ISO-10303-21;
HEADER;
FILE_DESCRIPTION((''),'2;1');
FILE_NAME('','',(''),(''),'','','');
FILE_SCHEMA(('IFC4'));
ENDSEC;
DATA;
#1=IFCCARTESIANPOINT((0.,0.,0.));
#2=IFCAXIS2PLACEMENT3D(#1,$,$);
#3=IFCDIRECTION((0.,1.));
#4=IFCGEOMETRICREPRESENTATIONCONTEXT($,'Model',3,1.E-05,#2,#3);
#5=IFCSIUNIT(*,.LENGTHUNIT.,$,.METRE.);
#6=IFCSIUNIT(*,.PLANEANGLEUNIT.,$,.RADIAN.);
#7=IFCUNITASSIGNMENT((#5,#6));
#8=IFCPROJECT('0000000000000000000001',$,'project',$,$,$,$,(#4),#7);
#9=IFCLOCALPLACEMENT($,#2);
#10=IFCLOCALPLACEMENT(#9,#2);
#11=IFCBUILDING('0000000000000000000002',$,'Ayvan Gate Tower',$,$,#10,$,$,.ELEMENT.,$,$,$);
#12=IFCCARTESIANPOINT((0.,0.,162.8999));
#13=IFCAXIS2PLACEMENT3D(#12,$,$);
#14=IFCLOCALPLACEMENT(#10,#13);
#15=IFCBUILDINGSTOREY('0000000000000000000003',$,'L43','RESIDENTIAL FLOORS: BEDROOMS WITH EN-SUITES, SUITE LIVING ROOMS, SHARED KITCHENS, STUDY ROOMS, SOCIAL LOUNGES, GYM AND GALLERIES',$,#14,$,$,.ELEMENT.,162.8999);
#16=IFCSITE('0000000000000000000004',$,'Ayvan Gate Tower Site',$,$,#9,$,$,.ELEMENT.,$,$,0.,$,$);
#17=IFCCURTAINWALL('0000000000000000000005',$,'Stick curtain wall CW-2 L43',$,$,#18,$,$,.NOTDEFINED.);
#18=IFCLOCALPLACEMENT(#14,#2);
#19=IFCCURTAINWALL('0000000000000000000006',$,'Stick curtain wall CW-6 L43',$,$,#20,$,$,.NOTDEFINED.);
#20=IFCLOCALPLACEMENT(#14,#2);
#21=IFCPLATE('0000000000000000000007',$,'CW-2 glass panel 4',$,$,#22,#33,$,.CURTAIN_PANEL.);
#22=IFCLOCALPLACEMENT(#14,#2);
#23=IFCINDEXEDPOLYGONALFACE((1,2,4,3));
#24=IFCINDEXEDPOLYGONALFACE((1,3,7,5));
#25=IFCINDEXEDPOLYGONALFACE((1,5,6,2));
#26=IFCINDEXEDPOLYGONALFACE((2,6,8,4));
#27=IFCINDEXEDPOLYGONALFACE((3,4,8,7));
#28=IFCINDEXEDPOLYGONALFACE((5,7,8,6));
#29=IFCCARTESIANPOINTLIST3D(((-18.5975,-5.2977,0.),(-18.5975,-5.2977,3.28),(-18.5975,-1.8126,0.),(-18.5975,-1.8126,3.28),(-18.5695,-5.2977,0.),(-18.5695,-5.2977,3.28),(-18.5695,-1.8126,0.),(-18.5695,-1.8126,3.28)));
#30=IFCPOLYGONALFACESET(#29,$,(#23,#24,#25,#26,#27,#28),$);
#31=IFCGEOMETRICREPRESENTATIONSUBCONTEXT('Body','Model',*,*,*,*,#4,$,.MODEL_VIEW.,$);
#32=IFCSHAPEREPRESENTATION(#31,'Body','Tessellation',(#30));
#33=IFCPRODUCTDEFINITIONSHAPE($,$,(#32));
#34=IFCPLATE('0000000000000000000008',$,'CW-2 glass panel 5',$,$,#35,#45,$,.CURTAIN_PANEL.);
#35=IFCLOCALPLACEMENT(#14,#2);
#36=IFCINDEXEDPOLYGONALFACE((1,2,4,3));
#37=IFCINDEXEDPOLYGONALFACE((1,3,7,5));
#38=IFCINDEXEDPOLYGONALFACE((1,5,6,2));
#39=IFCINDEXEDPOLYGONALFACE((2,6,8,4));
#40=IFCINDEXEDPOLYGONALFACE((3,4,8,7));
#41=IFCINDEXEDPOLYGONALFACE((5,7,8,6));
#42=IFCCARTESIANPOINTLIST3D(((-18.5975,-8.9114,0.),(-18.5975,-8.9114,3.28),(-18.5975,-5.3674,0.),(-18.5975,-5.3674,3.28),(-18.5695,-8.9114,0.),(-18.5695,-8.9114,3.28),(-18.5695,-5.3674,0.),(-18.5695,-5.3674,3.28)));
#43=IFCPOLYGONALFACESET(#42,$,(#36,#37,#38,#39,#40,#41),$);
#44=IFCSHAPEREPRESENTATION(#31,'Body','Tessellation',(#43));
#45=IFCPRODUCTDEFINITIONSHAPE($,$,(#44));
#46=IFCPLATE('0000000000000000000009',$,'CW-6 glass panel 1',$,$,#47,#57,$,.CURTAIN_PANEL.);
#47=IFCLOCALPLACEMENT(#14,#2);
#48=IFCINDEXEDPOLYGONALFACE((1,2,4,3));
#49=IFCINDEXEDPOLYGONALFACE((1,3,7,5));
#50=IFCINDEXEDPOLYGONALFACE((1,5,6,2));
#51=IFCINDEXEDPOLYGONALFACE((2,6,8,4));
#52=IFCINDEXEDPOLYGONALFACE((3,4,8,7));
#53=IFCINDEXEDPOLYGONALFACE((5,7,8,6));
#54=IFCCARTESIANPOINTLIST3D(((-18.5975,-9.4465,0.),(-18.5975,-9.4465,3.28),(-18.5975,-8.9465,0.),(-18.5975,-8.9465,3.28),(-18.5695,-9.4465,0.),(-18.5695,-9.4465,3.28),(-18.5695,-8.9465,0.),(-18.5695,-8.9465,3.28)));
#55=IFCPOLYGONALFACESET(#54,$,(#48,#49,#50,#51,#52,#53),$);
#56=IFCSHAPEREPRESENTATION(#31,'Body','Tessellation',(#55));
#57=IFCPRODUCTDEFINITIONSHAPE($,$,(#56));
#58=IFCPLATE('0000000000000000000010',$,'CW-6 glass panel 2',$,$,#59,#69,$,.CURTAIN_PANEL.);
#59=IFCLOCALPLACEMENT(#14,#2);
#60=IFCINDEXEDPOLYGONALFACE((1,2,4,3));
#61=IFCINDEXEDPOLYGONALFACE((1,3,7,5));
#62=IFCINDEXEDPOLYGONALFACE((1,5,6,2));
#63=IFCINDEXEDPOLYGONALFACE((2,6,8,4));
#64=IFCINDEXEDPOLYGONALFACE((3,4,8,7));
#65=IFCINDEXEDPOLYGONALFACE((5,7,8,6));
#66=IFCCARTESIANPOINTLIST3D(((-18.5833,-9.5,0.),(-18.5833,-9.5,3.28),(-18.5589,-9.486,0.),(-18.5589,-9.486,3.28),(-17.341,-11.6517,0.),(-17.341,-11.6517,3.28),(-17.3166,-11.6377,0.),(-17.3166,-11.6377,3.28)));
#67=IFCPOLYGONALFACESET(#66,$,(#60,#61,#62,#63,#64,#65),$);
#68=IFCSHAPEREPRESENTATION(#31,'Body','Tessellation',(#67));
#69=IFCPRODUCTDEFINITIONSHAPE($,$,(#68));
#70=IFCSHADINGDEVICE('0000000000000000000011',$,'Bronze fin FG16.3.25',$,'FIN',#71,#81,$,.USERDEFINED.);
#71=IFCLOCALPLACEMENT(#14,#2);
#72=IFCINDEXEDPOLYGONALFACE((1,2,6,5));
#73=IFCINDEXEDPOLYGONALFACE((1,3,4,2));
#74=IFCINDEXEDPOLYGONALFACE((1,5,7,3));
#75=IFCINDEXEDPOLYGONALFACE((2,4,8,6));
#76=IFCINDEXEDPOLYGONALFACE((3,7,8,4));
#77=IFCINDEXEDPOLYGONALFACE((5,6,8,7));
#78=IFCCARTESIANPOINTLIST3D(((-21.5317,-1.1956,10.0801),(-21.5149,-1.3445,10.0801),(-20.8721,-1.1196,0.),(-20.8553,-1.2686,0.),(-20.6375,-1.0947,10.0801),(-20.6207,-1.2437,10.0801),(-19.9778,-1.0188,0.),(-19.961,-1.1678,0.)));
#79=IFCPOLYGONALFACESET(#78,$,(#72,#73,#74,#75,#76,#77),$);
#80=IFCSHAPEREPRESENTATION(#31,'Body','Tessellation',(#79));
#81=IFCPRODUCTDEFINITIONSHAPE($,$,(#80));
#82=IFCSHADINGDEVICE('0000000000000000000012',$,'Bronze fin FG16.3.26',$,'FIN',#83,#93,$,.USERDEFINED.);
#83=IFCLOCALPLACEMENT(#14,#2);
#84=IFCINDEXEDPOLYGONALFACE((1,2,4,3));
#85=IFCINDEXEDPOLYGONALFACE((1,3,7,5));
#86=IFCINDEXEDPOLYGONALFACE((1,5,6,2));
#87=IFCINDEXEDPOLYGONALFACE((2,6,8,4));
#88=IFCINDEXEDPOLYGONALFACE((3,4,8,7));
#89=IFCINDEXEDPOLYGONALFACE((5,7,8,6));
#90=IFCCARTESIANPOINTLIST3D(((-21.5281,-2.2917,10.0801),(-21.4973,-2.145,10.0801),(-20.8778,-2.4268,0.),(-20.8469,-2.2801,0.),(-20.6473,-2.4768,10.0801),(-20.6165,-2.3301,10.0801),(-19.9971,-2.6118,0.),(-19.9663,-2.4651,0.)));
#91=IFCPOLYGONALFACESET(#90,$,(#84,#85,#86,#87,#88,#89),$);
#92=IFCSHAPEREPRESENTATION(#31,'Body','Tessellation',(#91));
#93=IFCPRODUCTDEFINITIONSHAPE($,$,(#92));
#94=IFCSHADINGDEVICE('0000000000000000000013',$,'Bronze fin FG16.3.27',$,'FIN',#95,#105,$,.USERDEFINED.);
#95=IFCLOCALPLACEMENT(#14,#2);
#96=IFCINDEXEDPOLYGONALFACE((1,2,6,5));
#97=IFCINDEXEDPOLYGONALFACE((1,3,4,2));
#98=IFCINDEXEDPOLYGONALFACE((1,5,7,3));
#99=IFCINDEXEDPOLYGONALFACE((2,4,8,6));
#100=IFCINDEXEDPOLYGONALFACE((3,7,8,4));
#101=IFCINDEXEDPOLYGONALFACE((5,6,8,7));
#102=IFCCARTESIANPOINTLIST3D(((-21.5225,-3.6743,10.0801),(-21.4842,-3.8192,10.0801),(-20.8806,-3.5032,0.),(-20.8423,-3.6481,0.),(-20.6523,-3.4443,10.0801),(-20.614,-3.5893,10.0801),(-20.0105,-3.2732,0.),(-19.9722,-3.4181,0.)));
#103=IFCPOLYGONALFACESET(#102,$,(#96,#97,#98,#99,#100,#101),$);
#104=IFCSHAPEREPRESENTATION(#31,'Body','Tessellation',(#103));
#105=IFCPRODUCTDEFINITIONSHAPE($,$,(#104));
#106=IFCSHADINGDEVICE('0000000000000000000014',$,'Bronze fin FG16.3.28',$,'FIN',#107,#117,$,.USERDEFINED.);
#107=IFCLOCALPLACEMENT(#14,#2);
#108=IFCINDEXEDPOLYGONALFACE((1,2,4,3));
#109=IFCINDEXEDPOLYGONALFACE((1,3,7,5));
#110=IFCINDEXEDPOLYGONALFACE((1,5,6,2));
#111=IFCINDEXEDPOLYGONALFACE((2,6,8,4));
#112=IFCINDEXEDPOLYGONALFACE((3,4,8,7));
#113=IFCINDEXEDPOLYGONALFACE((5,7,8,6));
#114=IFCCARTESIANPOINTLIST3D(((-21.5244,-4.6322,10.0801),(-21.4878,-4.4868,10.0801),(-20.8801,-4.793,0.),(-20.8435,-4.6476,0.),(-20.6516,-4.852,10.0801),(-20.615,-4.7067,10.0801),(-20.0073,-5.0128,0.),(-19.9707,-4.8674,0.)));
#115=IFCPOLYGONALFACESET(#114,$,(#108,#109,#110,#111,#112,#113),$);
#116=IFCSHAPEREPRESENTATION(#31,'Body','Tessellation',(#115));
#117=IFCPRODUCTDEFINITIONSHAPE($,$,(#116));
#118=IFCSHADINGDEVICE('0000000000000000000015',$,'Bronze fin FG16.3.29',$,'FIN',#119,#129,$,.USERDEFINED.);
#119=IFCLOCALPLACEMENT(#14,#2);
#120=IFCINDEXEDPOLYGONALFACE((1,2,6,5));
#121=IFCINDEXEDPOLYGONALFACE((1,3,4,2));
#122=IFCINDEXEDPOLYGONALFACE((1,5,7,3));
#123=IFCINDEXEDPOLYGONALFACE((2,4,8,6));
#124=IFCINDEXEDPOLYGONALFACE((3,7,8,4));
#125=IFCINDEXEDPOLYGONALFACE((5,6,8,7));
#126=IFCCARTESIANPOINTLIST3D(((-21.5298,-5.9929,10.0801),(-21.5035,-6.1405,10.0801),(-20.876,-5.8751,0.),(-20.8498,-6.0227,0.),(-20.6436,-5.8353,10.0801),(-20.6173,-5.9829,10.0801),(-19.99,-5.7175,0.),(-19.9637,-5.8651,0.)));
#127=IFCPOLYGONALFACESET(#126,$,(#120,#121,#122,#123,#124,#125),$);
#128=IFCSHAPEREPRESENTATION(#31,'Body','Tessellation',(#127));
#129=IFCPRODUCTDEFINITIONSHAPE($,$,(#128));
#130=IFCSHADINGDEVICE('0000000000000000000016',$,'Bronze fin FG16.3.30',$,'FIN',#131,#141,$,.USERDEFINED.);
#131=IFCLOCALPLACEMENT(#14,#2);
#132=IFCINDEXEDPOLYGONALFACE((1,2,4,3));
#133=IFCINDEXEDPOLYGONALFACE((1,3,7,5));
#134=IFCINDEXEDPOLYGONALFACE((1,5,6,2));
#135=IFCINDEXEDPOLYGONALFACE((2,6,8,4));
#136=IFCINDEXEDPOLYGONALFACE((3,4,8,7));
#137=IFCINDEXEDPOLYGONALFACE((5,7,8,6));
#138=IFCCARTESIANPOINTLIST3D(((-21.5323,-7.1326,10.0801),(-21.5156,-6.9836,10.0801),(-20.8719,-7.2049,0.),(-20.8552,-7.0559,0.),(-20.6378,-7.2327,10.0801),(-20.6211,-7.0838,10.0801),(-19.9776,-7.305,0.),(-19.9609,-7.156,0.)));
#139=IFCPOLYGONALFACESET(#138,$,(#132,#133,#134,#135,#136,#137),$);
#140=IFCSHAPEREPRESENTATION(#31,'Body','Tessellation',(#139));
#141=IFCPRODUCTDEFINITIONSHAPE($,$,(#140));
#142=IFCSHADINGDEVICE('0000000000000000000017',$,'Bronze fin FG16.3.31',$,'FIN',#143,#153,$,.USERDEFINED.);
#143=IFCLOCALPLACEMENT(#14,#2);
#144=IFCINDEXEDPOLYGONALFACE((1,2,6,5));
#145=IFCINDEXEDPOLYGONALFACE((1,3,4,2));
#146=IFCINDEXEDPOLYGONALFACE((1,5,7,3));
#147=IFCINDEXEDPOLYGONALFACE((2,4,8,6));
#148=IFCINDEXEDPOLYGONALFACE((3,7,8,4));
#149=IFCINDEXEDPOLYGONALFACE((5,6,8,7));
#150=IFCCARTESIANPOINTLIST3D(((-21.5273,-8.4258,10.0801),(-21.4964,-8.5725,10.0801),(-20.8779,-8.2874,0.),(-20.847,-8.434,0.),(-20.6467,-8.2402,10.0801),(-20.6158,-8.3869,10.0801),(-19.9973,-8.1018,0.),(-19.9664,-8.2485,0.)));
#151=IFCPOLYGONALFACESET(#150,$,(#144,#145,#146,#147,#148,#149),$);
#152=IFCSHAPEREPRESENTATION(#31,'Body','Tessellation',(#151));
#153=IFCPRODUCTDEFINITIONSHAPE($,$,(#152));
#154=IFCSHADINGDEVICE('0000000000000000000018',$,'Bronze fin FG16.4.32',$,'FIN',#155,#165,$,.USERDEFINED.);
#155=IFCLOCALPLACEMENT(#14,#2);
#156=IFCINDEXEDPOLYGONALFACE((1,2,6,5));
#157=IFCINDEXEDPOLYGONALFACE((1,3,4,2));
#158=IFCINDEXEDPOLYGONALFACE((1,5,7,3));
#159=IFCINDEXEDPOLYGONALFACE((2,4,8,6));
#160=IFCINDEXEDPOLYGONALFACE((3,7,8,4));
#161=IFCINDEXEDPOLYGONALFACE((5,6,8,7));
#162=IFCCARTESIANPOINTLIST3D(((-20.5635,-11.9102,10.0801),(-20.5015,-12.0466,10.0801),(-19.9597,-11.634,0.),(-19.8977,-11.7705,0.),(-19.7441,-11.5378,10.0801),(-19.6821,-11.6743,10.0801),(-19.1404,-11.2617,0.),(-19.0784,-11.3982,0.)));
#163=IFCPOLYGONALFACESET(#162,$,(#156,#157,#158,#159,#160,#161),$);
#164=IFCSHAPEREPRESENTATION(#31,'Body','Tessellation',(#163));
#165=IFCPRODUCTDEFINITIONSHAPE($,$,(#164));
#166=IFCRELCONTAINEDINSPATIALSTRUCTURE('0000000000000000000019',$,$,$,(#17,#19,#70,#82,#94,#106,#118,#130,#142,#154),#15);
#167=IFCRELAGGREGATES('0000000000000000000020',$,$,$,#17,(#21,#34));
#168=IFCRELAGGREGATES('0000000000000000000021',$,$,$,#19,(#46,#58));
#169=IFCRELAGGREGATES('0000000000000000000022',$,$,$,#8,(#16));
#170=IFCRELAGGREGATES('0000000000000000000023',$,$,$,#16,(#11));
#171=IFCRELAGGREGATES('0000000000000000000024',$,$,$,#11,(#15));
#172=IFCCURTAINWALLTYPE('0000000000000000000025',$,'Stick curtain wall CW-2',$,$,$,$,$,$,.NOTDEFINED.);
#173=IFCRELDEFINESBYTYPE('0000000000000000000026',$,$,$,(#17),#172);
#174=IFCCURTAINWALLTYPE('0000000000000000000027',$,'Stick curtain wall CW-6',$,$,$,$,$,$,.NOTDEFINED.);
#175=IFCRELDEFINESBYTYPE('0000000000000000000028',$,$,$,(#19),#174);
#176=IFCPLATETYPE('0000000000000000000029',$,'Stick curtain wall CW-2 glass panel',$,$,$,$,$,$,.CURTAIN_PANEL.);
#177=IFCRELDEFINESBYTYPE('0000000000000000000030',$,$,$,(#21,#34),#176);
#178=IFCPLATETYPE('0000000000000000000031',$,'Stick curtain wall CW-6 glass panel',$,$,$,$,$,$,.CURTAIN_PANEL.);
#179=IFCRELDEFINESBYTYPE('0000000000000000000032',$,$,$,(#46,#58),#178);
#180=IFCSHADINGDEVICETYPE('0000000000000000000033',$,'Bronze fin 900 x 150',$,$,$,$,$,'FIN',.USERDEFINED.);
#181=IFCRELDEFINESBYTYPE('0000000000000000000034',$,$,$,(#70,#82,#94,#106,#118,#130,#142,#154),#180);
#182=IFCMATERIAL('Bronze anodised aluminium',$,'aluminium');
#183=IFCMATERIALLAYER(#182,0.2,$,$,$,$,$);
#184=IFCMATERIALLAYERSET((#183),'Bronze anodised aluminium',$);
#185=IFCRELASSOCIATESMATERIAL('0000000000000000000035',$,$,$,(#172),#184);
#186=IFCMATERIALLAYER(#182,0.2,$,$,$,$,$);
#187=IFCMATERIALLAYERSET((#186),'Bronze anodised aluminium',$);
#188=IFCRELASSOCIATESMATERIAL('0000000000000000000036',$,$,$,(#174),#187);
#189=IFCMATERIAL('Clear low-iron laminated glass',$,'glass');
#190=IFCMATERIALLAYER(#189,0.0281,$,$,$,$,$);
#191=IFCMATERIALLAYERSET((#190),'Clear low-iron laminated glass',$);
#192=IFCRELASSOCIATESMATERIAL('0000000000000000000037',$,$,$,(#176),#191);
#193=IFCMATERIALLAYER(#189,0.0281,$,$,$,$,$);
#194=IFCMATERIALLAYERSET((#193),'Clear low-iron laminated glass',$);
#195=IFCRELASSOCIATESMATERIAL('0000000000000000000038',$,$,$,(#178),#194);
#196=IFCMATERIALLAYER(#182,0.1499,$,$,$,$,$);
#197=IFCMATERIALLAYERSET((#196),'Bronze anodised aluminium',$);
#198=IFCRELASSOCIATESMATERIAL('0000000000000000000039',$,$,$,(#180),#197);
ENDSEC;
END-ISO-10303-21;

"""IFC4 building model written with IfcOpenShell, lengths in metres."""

from ifc_helpers import new_model, si_unit, direction, frame, origin, origin_2d, place, context, subcontext, project, spatial, polyline, rectangle, outline, extrude, material, layer, layer_set, type_object, element, aggregate, save


model = new_model("IFC4")

# Units and contexts
model_context = context("Model", 3, precision=1e-05, world=origin(), true_north=direction((0.0, 1.0)))
body_context = subcontext(model_context, "Body", "Model", "MODEL_VIEW")
ifc_project = project(units=[si_unit("LENGTHUNIT", "METRE"), si_unit("PLANEANGLEUNIT", "RADIAN")], contexts=[model_context])

# Site, building, storey
site_placement = place(None, origin())
site = spatial("IfcSite", under=ifc_project, at=site_placement, Name="Ayvan Gate Tower Site", CompositionType="ELEMENT", RefElevation=0.0)
building_placement = place(site_placement, origin())
building = spatial("IfcBuilding", under=site, at=building_placement, Name="Ayvan Gate Tower", CompositionType="ELEMENT")
storey_placement = place(building_placement, frame((0.0, 0.0, 162.8999)))
storey = spatial("IfcBuildingStorey", under=building, at=storey_placement, Name="L43", Description="RESIDENTIAL FLOORS: BEDROOMS WITH EN-SUITES, SUITE LIVING ROOMS, SHARED KITCHENS, STUDY ROOMS, SOCIAL LOUNGES, GYM AND GALLERIES", CompositionType="ELEMENT", Elevation=162.8999)

# Curtain walls
ifc_material_1 = material(Name="Bronze anodised aluminium", Category="aluminium")
ifc_layer_1 = layer(ifc_material_1, 0.2)
ifc_layer_set_1 = layer_set([ifc_layer_1], Name="Bronze anodised aluminium")
curtain_wall_type_1 = type_object("IfcCurtainWallType", Name="Stick curtain wall CW-2", PredefinedType="NOTDEFINED", material=ifc_layer_set_1)
curtain_wall_1_placement = place(storey_placement, origin())
curtain_wall_1 = element("IfcCurtainWall", 1, at=curtain_wall_1_placement, inside=storey, type_object=curtain_wall_type_1, Name="Stick curtain wall CW-2 L43", PredefinedType="NOTDEFINED")
ifc_layer_2 = layer(ifc_material_1, 0.2)
ifc_layer_set_2 = layer_set([ifc_layer_2], Name="Bronze anodised aluminium")
curtain_wall_type_2 = type_object("IfcCurtainWallType", Name="Stick curtain wall CW-6", PredefinedType="NOTDEFINED", material=ifc_layer_set_2)
curtain_wall_2_placement = place(storey_placement, origin())
curtain_wall_2 = element("IfcCurtainWall", 2, at=curtain_wall_2_placement, inside=storey, type_object=curtain_wall_type_2, Name="Stick curtain wall CW-6 L43", PredefinedType="NOTDEFINED")

# Plates
ifc_material_2 = material(Name="Clear low-iron laminated glass", Category="glass")
ifc_layer_3 = layer(ifc_material_2, 0.0281)
ifc_layer_set_3 = layer_set([ifc_layer_3], Name="Clear low-iron laminated glass")
plate_type_1 = type_object("IfcPlateType", Name="Stick curtain wall CW-2 glass panel", PredefinedType="CURTAIN_PANEL", material=ifc_layer_set_3)
plate_1_placement = place(storey_placement, frame((-18.5835, -3.5552, 0.0), z_axis=(0.0, 0.0, 1.0), x_axis=(0.0, -1.0, 0.0)))
plate_1 = element("IfcPlate", 3, at=plate_1_placement, type_object=plate_type_1, Name="CW-2 glass panel 4", PredefinedType="CURTAIN_PANEL", context=body_context, shape_type="SweptSolid", body=[
    extrude(rectangle(XDim=3.4851, YDim=0.0281, at=origin_2d()), origin(), (0.0, 0.0, 1.0), 3.28),
])
plate_2_placement = place(storey_placement, frame((-18.5835, -7.1394, 0.0), z_axis=(0.0, 0.0, 1.0), x_axis=(0.0, -1.0, 0.0)))
plate_2 = element("IfcPlate", 4, at=plate_2_placement, type_object=plate_type_1, Name="CW-2 glass panel 5", PredefinedType="CURTAIN_PANEL", context=body_context, shape_type="SweptSolid", body=[
    extrude(rectangle(XDim=3.5439, YDim=0.0281, at=origin_2d()), origin(), (0.0, 0.0, 1.0), 3.28),
])
aggregate(curtain_wall_1, [plate_1, plate_2])
ifc_layer_4 = layer(ifc_material_2, 0.0281)
ifc_layer_set_4 = layer_set([ifc_layer_4], Name="Clear low-iron laminated glass")
plate_type_2 = type_object("IfcPlateType", Name="Stick curtain wall CW-6 glass panel", PredefinedType="CURTAIN_PANEL", material=ifc_layer_set_4)
plate_3_placement = place(storey_placement, frame((-18.5835, -9.1965, 0.0), z_axis=(0.0, 0.0, 1.0), x_axis=(0.0, -1.0, 0.0)))
plate_3 = element("IfcPlate", 5, at=plate_3_placement, type_object=plate_type_2, Name="CW-6 glass panel 1", PredefinedType="CURTAIN_PANEL", context=body_context, shape_type="SweptSolid", body=[
    extrude(rectangle(XDim=0.5, YDim=0.0281, at=origin_2d()), origin(), (0.0, 0.0, 1.0), 3.28),
])
plate_4_placement = place(storey_placement, frame((-17.95, -10.5688, 0.0), z_axis=(0.0, 0.0, 1.0), x_axis=(0.5, -0.866025, 0.0)))
plate_4 = element("IfcPlate", 6, at=plate_4_placement, type_object=plate_type_2, Name="CW-6 glass panel 2", PredefinedType="CURTAIN_PANEL", context=body_context, shape_type="SweptSolid", body=[
    extrude(rectangle(XDim=2.4846, YDim=0.0281, at=origin_2d()), origin(), (0.0, 0.0, 1.0), 3.28),
])
aggregate(curtain_wall_2, [plate_3, plate_4])

# Shading devices
ifc_layer_5 = layer(ifc_material_1, 0.1499)
ifc_layer_set_5 = layer_set([ifc_layer_5], Name="Bronze anodised aluminium")
shading_device_type = type_object("IfcShadingDeviceType", Name="Bronze fin 900 x 150", ElementType="FIN", PredefinedType="USERDEFINED", material=ifc_layer_set_5)
shading_device_1_placement = place(storey_placement, frame((-19.9778, -1.0188, 0.0), z_axis=(-0.112039, 0.993704, 0.000153), x_axis=(-0.993704, -0.112039, 0.0)))
element("IfcShadingDevice", 7, at=shading_device_1_placement, inside=storey, type_object=shading_device_type, Name="Bronze fin FG16.3.25", ObjectType="FIN", PredefinedType="USERDEFINED", context=body_context, shape_type="SweptSolid", body=[
    extrude(outline(polyline([(0.0, 0.0), (0.9, 0.0), (1.564, 10.0801), (0.664, 10.0801), (0.0, 0.0)])), origin(), (0.0, 0.0, -1.0), 0.1499),
])
shading_device_2_placement = place(storey_placement, frame((-19.9663, -2.4651, 0.0), z_axis=(0.205628, 0.97863, 0.000158), x_axis=(-0.97863, 0.205628, 0.0)))
element("IfcShadingDevice", 8, at=shading_device_2_placement, inside=storey, type_object=shading_device_type, Name="Bronze fin FG16.3.26", ObjectType="FIN", PredefinedType="USERDEFINED", context=body_context, shape_type="SweptSolid", body=[
    extrude(outline(polyline([(0.0, 0.0), (0.8998, 0.0), (1.5641, 10.0801), (0.664, 10.0801), (0.0, 0.0)])), origin(), (0.0, 0.0, -1.0), 0.1499),
])
shading_device_3_placement = place(storey_placement, frame((-20.0105, -3.2732, 0.0), z_axis=(-0.255535, 0.9668, 0.000144), x_axis=(-0.9668, -0.255535, 0.0)))
element("IfcShadingDevice", 9, at=shading_device_3_placement, inside=storey, type_object=shading_device_type, Name="Bronze fin FG16.3.27", ObjectType="FIN", PredefinedType="USERDEFINED", context=body_context, shape_type="SweptSolid", body=[
    extrude(outline(polyline([(0.0, 0.0), (0.9, 0.0), (1.5643, 10.0801), (0.6643, 10.0801), (0.0, 0.0)])), origin(), (0.0, 0.0, -1.0), 0.1499),
])
shading_device_4_placement = place(storey_placement, frame((-19.9707, -4.8674, 0.0), z_axis=(0.244258, 0.96971, 0.000146), x_axis=(-0.96971, 0.244258, 0.0)))
element("IfcShadingDevice", 10, at=shading_device_4_placement, inside=storey, type_object=shading_device_type, Name="Bronze fin FG16.3.28", ObjectType="FIN", PredefinedType="USERDEFINED", context=body_context, shape_type="SweptSolid", body=[
    extrude(outline(polyline([(0.0, 0.0), (0.9, 0.0), (1.5641, 10.0801), (0.664, 10.0801), (0.0, 0.0)])), origin(), (0.0, 0.0, -1.0), 0.1499),
])
shading_device_5_placement = place(storey_placement, frame((-19.99, -5.7175, 0.0), z_axis=(-0.175101, 0.984551, 0.000151), x_axis=(-0.984551, -0.175101, 0.0)))
element("IfcShadingDevice", 11, at=shading_device_5_placement, inside=storey, type_object=shading_device_type, Name="Bronze fin FG16.3.29", ObjectType="FIN", PredefinedType="USERDEFINED", context=body_context, shape_type="SweptSolid", body=[
    extrude(outline(polyline([(0.0, 0.0), (0.8999, 0.0), (1.5642, 10.0801), (0.6641, 10.0801), (0.0, 0.0)])), origin(), (0.0, 0.0, -1.0), 0.1499),
])
shading_device_6_placement = place(storey_placement, frame((-19.9609, -7.156, 0.0), z_axis=(0.11122, 0.993796, 0.000161), x_axis=(-0.993796, 0.11122, 0.0)))
element("IfcShadingDevice", 12, at=shading_device_6_placement, inside=storey, type_object=shading_device_type, Name="Bronze fin FG16.3.30", ObjectType="FIN", PredefinedType="USERDEFINED", context=body_context, shape_type="SweptSolid", body=[
    extrude(outline(polyline([(0.0, 0.0), (0.8999, 0.0), (1.5642, 10.0801), (0.6641, 10.0801), (0.0, 0.0)])), origin(), (0.0, 0.0, -1.0), 0.1499),
])
shading_device_7_placement = place(storey_placement, frame((-19.9973, -8.1018, 0.0), z_axis=(-0.206175, 0.978515, 0.000155), x_axis=(-0.978515, -0.206175, 0.0)))
element("IfcShadingDevice", 13, at=shading_device_7_placement, inside=storey, type_object=shading_device_type, Name="Bronze fin FG16.3.31", ObjectType="FIN", PredefinedType="USERDEFINED", context=body_context, shape_type="SweptSolid", body=[
    extrude(outline(polyline([(0.0, 0.0), (0.9, 0.0), (1.564, 10.0801), (0.664, 10.0801), (0.0, 0.0)])), origin(), (0.0, 0.0, -1.0), 0.1499),
])
shading_device_8_placement = place(storey_placement, frame((-19.1404, -11.2617, 0.0), z_axis=(-0.413701, 0.910413, 0.00016), x_axis=(-0.910413, -0.413701, 0.0)))
element("IfcShadingDevice", 14, at=shading_device_8_placement, inside=storey, type_object=shading_device_type, Name="Bronze fin FG16.4.32", ObjectType="FIN", PredefinedType="USERDEFINED", context=body_context, shape_type="SweptSolid", body=[
    extrude(outline(polyline([(0.0, 0.0), (0.9, 0.0), (1.5639, 10.0801), (0.6639, 10.0801), (0.0, 0.0)])), origin(), (0.0, 0.0, -1.0), 0.1499),
])

save(model, "model.ifc")
